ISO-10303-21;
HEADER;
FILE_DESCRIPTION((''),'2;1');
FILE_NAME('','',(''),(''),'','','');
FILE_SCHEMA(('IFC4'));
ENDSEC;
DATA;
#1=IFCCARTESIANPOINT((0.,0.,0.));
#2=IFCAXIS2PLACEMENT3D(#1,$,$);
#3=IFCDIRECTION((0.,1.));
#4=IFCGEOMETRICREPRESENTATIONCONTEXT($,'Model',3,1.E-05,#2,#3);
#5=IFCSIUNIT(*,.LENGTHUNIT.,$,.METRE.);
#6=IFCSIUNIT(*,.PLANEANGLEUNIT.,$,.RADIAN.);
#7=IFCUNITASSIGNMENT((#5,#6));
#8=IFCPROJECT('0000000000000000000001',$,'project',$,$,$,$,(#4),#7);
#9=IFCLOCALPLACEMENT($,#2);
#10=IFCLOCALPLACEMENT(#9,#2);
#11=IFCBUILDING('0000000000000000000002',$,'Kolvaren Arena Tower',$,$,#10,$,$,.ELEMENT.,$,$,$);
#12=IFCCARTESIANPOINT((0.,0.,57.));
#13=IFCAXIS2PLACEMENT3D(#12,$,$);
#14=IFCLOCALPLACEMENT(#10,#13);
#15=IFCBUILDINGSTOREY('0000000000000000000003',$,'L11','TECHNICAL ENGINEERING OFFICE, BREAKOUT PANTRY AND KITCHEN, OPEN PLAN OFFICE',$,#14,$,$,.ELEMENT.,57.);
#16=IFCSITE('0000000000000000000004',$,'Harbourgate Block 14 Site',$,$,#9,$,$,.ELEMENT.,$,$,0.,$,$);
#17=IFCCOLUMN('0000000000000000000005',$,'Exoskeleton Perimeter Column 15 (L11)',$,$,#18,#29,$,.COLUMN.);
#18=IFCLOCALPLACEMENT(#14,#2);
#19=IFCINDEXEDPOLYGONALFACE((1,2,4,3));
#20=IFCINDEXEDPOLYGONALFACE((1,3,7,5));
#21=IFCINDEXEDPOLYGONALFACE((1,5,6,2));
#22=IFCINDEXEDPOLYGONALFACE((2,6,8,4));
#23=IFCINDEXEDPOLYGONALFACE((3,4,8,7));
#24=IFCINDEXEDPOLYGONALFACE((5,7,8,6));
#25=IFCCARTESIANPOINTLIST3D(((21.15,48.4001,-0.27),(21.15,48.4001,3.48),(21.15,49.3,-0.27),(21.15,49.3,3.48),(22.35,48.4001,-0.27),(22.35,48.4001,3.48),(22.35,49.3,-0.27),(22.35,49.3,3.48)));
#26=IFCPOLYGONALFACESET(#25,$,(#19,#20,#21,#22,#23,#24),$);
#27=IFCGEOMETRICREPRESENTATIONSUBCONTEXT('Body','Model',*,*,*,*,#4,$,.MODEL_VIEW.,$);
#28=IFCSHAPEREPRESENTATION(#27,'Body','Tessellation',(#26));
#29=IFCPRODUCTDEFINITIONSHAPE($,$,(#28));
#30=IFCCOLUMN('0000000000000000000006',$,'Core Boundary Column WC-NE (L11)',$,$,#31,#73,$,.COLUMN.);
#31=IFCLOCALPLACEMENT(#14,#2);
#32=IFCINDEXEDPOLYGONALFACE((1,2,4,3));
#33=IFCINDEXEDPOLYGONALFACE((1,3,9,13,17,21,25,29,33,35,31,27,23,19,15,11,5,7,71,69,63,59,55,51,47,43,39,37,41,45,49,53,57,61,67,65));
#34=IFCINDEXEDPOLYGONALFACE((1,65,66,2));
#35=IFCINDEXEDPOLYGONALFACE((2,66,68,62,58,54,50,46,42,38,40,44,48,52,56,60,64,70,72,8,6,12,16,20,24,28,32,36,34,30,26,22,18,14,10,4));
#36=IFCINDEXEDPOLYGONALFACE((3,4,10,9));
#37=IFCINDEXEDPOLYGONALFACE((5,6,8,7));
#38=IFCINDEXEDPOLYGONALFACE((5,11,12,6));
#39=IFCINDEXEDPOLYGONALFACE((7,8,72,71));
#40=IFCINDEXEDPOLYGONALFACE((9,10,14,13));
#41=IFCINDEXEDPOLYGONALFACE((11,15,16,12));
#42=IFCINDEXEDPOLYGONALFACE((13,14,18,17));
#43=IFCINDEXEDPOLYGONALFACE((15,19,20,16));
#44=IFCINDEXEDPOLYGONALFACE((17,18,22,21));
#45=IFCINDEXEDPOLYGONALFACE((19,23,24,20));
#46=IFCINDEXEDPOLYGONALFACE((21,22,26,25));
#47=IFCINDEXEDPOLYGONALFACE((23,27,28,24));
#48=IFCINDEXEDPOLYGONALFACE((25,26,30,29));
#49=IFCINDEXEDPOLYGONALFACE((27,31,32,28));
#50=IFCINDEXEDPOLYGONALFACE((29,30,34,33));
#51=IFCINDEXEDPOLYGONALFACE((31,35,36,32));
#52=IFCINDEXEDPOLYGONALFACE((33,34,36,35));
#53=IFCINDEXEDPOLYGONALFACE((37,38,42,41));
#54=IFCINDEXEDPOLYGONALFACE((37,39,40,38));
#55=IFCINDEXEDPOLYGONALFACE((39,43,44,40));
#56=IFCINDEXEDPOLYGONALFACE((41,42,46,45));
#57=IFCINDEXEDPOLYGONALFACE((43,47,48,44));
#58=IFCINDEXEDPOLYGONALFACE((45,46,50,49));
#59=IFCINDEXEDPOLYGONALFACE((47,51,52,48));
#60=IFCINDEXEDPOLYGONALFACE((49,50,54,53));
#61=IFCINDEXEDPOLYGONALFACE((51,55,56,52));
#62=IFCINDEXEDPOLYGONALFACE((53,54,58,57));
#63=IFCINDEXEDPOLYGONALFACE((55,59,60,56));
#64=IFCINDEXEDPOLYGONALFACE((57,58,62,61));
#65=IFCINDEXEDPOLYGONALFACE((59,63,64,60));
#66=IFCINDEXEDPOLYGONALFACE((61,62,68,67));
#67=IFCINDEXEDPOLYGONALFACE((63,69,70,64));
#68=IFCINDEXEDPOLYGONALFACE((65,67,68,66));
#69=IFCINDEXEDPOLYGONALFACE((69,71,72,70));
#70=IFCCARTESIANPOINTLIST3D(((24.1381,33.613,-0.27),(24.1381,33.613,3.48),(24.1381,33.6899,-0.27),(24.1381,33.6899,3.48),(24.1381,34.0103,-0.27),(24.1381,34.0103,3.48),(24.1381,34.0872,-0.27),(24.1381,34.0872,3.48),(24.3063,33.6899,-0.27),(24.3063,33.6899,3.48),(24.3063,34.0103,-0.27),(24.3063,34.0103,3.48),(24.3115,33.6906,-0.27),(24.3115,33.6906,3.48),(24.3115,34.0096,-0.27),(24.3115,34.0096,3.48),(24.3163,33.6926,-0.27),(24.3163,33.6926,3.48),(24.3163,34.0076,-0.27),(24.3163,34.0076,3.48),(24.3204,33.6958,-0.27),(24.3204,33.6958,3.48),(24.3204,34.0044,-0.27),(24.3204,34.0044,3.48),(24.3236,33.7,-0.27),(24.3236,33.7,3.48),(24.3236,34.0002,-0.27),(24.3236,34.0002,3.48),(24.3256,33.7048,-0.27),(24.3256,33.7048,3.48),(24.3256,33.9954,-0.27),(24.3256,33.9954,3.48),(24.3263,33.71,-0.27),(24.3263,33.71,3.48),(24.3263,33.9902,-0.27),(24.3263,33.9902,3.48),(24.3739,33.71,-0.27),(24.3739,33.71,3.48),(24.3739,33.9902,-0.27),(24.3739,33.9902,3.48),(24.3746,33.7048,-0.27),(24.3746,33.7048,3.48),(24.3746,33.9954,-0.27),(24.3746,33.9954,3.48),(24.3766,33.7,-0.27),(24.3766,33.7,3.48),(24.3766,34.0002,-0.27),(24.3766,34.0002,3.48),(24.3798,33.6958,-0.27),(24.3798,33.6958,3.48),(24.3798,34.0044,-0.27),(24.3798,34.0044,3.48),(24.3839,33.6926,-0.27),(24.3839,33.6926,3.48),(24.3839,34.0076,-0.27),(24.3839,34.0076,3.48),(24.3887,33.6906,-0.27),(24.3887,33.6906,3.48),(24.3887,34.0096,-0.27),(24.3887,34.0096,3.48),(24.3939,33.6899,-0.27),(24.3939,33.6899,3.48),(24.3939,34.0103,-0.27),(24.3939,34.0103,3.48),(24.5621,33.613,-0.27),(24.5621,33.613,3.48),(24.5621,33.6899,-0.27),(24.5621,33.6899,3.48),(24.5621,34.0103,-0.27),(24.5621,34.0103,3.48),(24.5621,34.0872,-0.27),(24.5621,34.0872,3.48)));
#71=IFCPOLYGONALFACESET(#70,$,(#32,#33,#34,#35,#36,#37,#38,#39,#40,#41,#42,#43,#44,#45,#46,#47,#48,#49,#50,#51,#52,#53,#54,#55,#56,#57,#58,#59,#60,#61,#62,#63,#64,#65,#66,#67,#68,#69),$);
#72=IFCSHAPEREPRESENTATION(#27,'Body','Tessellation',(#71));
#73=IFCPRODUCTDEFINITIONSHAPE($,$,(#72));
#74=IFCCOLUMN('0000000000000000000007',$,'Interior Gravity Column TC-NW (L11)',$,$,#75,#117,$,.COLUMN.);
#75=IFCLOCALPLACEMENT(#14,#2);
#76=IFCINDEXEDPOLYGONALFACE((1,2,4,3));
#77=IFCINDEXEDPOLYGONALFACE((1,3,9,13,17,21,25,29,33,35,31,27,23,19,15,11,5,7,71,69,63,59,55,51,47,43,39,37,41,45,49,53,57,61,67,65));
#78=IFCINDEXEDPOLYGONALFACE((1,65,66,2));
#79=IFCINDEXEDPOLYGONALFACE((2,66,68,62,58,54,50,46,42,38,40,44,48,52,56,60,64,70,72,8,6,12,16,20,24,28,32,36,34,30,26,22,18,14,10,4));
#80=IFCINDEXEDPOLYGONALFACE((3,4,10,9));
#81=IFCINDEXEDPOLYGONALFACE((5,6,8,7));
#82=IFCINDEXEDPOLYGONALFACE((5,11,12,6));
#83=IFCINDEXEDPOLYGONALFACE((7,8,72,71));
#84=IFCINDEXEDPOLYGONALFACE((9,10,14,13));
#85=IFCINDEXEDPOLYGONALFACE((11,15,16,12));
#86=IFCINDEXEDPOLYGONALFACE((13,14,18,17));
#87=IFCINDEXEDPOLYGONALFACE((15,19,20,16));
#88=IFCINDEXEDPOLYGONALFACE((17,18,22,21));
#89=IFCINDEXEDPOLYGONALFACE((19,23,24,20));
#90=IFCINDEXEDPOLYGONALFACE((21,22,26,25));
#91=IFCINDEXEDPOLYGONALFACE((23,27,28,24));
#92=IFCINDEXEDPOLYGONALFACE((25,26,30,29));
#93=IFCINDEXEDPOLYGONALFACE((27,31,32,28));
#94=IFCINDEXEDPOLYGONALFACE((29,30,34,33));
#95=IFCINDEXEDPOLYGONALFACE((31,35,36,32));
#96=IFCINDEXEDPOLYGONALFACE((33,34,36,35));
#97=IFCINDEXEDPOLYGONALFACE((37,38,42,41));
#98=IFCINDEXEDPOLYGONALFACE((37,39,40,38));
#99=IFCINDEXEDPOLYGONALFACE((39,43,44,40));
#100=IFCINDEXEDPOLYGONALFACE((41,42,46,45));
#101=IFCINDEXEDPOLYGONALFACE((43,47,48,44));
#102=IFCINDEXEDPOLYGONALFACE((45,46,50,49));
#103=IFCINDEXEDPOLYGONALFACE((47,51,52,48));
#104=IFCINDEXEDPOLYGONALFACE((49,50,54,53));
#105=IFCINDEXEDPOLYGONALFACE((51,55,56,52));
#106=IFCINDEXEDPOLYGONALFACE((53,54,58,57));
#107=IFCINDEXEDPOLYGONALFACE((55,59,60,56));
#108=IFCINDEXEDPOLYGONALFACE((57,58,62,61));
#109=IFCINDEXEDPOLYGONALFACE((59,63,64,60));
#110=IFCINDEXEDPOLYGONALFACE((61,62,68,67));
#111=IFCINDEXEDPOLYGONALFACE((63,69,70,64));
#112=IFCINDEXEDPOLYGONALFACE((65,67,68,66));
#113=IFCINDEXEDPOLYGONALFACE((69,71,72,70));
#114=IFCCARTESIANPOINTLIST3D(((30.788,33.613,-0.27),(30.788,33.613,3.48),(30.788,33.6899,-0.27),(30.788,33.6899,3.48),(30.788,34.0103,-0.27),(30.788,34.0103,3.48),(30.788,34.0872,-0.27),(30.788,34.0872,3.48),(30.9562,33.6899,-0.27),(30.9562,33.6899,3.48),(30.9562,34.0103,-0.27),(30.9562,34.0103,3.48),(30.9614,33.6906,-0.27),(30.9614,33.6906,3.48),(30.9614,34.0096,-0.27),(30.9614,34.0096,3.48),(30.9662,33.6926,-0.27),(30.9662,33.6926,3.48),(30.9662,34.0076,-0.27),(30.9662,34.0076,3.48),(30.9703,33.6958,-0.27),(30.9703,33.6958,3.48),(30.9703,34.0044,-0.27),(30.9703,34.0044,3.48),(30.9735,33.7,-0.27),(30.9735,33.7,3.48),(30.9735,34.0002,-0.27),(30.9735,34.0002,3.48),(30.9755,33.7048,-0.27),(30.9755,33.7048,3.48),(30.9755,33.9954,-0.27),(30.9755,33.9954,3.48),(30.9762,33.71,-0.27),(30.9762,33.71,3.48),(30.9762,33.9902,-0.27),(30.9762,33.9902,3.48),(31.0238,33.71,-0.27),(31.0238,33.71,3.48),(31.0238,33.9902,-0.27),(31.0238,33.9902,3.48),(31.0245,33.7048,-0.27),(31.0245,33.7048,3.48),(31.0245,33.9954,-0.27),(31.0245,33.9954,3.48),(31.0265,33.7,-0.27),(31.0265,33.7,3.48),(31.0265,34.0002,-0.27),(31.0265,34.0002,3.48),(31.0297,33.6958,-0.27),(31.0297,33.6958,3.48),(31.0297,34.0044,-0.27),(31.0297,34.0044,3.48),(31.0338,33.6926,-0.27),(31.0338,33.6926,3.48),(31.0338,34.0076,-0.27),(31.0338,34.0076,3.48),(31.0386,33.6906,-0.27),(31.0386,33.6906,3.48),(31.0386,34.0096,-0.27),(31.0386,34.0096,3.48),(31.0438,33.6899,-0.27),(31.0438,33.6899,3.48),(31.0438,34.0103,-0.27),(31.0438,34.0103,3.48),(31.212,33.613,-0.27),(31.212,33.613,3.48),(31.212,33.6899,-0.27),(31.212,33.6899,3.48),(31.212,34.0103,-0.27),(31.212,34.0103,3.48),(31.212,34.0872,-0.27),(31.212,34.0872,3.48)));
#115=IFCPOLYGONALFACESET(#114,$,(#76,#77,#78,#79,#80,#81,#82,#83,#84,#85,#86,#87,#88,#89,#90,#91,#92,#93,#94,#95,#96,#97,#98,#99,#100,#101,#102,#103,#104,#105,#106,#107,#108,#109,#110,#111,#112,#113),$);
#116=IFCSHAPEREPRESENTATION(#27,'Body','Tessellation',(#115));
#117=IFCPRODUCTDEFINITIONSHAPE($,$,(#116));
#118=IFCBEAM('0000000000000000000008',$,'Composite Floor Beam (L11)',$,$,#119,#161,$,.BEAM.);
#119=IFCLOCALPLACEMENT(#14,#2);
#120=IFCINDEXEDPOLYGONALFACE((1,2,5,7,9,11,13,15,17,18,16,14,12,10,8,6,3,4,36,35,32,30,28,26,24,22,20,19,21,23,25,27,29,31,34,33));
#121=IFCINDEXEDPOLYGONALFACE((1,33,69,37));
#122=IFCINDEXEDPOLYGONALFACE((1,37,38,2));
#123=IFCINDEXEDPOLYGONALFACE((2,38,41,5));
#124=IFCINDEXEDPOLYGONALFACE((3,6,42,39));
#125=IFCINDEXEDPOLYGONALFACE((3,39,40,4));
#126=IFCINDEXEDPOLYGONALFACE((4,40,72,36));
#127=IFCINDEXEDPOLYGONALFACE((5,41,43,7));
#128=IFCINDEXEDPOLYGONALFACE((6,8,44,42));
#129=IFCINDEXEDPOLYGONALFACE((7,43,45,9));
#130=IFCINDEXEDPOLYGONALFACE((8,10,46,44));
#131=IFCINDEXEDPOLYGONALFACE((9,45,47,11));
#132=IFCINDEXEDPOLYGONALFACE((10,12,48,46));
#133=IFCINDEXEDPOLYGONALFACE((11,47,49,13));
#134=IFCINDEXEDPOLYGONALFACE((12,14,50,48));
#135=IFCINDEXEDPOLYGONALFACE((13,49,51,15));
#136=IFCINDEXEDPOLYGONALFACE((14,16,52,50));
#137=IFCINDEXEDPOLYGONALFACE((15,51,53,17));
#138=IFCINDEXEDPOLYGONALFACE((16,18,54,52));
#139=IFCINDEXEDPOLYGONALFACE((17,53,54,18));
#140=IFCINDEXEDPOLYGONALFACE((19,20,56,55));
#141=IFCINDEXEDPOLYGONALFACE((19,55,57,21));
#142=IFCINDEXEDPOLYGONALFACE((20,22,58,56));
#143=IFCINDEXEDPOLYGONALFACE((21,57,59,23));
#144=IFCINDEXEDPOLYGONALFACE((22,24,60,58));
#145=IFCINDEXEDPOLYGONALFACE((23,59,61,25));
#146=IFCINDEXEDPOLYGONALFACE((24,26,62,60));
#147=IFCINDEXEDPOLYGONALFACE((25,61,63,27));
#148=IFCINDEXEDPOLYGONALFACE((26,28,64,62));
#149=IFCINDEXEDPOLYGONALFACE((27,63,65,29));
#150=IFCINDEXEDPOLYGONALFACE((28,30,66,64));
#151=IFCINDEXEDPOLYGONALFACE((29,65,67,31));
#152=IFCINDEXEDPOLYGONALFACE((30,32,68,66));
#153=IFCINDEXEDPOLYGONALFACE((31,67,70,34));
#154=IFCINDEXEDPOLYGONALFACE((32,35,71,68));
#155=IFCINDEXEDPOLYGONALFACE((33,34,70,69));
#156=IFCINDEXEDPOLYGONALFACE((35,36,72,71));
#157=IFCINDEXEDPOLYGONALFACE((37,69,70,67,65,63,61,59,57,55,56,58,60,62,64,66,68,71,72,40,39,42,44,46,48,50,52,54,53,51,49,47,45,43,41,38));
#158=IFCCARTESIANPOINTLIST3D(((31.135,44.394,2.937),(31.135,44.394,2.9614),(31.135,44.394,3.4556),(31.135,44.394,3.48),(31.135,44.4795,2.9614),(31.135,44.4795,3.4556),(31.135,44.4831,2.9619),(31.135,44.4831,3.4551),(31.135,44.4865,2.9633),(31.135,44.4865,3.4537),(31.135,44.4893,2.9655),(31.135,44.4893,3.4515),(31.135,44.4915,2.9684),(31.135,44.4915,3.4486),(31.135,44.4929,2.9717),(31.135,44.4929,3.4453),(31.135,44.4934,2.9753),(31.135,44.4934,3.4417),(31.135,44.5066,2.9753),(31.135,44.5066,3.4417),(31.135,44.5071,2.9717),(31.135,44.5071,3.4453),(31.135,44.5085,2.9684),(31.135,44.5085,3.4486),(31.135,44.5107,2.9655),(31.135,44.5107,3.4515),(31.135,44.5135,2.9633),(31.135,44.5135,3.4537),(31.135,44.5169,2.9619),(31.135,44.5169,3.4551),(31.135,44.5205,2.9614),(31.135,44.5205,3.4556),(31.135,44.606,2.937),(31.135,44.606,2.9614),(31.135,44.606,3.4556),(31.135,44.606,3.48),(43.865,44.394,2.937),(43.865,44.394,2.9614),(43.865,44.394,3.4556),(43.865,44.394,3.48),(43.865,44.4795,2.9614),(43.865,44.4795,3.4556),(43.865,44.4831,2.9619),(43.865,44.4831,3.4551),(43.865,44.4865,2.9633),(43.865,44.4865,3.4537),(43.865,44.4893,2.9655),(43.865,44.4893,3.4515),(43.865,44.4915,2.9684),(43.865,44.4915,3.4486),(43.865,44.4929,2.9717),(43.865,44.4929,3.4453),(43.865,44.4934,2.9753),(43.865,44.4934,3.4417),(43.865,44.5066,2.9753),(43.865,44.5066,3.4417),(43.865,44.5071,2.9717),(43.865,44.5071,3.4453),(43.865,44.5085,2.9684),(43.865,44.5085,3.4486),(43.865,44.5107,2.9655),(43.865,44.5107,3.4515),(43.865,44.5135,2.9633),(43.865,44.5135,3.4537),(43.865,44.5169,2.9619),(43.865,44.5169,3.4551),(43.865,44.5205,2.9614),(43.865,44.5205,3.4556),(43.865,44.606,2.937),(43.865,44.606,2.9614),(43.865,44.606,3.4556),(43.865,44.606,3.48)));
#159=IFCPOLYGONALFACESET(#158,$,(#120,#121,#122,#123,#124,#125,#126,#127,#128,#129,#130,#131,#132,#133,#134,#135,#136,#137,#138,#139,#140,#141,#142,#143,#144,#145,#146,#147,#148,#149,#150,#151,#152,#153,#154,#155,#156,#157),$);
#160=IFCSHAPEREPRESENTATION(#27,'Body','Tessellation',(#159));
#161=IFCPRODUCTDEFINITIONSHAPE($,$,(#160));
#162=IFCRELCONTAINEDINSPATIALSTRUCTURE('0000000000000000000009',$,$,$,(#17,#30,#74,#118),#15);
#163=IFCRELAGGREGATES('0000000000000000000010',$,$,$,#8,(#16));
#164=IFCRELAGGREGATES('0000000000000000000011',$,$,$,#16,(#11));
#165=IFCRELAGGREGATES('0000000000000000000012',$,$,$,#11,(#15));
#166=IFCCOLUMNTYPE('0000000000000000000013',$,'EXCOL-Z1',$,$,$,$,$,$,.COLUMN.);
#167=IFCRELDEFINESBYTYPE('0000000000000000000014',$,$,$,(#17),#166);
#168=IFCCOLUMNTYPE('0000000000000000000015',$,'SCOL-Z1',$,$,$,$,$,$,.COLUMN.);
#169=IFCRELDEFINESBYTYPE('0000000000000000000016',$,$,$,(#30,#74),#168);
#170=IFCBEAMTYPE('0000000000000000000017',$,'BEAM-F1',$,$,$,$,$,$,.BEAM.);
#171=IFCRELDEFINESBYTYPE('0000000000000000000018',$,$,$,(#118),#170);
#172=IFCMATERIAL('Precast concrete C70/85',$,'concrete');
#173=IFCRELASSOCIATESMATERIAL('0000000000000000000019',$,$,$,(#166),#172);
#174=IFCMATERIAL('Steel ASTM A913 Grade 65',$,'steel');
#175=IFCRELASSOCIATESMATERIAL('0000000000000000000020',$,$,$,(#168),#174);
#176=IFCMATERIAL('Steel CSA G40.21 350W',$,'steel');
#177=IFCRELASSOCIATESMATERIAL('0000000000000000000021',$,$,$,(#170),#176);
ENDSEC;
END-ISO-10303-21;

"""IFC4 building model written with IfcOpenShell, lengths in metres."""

from ifc_helpers import new_model, si_unit, direction, frame, origin, origin_2d, place, context, subcontext, project, spatial, rectangle, i_section, extrude, material, material_profile, profile_set, type_object, element, save


model = new_model("IFC4")

# Units and contexts
model_context = context("Model", 3, precision=1e-05, world=origin(), true_north=direction((0.0, 1.0)))
body_context = subcontext(model_context, "Body", "Model", "MODEL_VIEW")
ifc_project = project(units=[si_unit("LENGTHUNIT", "METRE"), si_unit("PLANEANGLEUNIT", "RADIAN")], contexts=[model_context])

# Site, building, storey
site_placement = place(None, origin())
site = spatial("IfcSite", under=ifc_project, at=site_placement, Name="Harbourgate Block 14 Site", CompositionType="ELEMENT", RefElevation=0.0)
building_placement = place(site_placement, origin())
building = spatial("IfcBuilding", under=site, at=building_placement, Name="Kolvaren Arena Tower", CompositionType="ELEMENT")
storey_placement = place(building_placement, frame((0.0, 0.0, 57.0)))
storey = spatial("IfcBuildingStorey", under=building, at=storey_placement, Name="L11", Description="TECHNICAL ENGINEERING OFFICE, BREAKOUT PANTRY AND KITCHEN, OPEN PLAN OFFICE", CompositionType="ELEMENT", Elevation=57.0)

# Columns
ifc_material_1 = material(Name="Precast concrete C70/85", Category="concrete")
ifc_material_profile_1 = material_profile(ifc_material_1, rectangle(XDim=1.2, YDim=0.8999, at=origin_2d()), Name="RC-1200x900")
ifc_profile_set_1 = profile_set([ifc_material_profile_1], Name="Precast concrete C70/85")
column_type_1 = type_object("IfcColumnType", Name="EXCOL-Z1", PredefinedType="COLUMN", material=ifc_profile_set_1)
column_placement = place(storey_placement, frame((21.75, 48.8501, -0.27), z_axis=(0.0, 0.0, 1.0), x_axis=(1.0, 0.0, 0.0)))
element("IfcColumn", 1, at=column_placement, inside=storey, type_object=column_type_1, Name="Exoskeleton Perimeter Column 15 (L11)", PredefinedType="COLUMN", context=body_context, shape_type="SweptSolid", body=[
    extrude(rectangle(XDim=1.2, YDim=0.8999, at=origin_2d()), origin(), (0.0, 0.0, 1.0), 3.75),
])
ifc_material_2 = material(Name="Steel ASTM A913 Grade 65", Category="steel")
ifc_material_profile_2 = material_profile(ifc_material_2, i_section(OverallWidth=0.4241, OverallDepth=0.4741, WebThickness=0.0476, FlangeThickness=0.0769, FilletRadius=0.02, at=origin_2d()), Name="W360x634")
ifc_profile_set_2 = profile_set([ifc_material_profile_2], Name="Steel ASTM A913 Grade 65")
column_type_2 = type_object("IfcColumnType", Name="SCOL-Z1", PredefinedType="COLUMN", material=ifc_profile_set_2)
for number, where, z_axis, x_axis, name in (
    (2, (24.3501, 33.8501, -0.27), (0.0, 0.0, 1.0), (1.0, 0.0, 0.0), "Core Boundary Column WC-NE (L11)"),
    (3, (31.0, 33.8501, -0.27), (0.0, 0.0, 1.0), (1.0, 0.0, 0.0), "Interior Gravity Column TC-NW (L11)"),
):
    element("IfcColumn", number, at=place(storey_placement, frame(where, z_axis=z_axis, x_axis=x_axis)), inside=storey, type_object=column_type_2, Name=name, PredefinedType="COLUMN", context=body_context, shape_type="SweptSolid", body=[
        extrude(i_section(OverallWidth=0.4241, OverallDepth=0.4741, WebThickness=0.0476, FlangeThickness=0.0769, FilletRadius=0.02, at=origin_2d()), origin(), (0.0, 0.0, 1.0), 3.75),
    ])

# Beam
ifc_material_3 = material(Name="Steel CSA G40.21 350W", Category="steel")
ifc_material_profile_3 = material_profile(ifc_material_3, i_section(OverallWidth=0.2119, OverallDepth=0.543, WebThickness=0.0132, FlangeThickness=0.0244, FilletRadius=0.0139, at=origin_2d()), Name="W530x150")
ifc_profile_set_3 = profile_set([ifc_material_profile_3], Name="Steel CSA G40.21 350W")
beam_type_1 = type_object("IfcBeamType", Name="BEAM-F1", PredefinedType="BEAM", material=ifc_profile_set_3)
beam_1_placement = place(storey_placement, frame((31.135, 44.5, 3.2085), z_axis=(1.0, 0.0, 0.0), x_axis=(0.0, 1.0, 0.0)))
element("IfcBeam", 4, at=beam_1_placement, inside=storey, type_object=beam_type_1, Name="Composite Floor Beam (L11)", PredefinedType="BEAM", context=body_context, shape_type="SweptSolid", body=[
    extrude(i_section(OverallWidth=0.2119, OverallDepth=0.543, WebThickness=0.0132, FlangeThickness=0.0244, FilletRadius=0.0139, at=origin_2d()), origin(), (0.0, 0.0, 1.0), 12.73),
])

save(model, "model.ifc")
